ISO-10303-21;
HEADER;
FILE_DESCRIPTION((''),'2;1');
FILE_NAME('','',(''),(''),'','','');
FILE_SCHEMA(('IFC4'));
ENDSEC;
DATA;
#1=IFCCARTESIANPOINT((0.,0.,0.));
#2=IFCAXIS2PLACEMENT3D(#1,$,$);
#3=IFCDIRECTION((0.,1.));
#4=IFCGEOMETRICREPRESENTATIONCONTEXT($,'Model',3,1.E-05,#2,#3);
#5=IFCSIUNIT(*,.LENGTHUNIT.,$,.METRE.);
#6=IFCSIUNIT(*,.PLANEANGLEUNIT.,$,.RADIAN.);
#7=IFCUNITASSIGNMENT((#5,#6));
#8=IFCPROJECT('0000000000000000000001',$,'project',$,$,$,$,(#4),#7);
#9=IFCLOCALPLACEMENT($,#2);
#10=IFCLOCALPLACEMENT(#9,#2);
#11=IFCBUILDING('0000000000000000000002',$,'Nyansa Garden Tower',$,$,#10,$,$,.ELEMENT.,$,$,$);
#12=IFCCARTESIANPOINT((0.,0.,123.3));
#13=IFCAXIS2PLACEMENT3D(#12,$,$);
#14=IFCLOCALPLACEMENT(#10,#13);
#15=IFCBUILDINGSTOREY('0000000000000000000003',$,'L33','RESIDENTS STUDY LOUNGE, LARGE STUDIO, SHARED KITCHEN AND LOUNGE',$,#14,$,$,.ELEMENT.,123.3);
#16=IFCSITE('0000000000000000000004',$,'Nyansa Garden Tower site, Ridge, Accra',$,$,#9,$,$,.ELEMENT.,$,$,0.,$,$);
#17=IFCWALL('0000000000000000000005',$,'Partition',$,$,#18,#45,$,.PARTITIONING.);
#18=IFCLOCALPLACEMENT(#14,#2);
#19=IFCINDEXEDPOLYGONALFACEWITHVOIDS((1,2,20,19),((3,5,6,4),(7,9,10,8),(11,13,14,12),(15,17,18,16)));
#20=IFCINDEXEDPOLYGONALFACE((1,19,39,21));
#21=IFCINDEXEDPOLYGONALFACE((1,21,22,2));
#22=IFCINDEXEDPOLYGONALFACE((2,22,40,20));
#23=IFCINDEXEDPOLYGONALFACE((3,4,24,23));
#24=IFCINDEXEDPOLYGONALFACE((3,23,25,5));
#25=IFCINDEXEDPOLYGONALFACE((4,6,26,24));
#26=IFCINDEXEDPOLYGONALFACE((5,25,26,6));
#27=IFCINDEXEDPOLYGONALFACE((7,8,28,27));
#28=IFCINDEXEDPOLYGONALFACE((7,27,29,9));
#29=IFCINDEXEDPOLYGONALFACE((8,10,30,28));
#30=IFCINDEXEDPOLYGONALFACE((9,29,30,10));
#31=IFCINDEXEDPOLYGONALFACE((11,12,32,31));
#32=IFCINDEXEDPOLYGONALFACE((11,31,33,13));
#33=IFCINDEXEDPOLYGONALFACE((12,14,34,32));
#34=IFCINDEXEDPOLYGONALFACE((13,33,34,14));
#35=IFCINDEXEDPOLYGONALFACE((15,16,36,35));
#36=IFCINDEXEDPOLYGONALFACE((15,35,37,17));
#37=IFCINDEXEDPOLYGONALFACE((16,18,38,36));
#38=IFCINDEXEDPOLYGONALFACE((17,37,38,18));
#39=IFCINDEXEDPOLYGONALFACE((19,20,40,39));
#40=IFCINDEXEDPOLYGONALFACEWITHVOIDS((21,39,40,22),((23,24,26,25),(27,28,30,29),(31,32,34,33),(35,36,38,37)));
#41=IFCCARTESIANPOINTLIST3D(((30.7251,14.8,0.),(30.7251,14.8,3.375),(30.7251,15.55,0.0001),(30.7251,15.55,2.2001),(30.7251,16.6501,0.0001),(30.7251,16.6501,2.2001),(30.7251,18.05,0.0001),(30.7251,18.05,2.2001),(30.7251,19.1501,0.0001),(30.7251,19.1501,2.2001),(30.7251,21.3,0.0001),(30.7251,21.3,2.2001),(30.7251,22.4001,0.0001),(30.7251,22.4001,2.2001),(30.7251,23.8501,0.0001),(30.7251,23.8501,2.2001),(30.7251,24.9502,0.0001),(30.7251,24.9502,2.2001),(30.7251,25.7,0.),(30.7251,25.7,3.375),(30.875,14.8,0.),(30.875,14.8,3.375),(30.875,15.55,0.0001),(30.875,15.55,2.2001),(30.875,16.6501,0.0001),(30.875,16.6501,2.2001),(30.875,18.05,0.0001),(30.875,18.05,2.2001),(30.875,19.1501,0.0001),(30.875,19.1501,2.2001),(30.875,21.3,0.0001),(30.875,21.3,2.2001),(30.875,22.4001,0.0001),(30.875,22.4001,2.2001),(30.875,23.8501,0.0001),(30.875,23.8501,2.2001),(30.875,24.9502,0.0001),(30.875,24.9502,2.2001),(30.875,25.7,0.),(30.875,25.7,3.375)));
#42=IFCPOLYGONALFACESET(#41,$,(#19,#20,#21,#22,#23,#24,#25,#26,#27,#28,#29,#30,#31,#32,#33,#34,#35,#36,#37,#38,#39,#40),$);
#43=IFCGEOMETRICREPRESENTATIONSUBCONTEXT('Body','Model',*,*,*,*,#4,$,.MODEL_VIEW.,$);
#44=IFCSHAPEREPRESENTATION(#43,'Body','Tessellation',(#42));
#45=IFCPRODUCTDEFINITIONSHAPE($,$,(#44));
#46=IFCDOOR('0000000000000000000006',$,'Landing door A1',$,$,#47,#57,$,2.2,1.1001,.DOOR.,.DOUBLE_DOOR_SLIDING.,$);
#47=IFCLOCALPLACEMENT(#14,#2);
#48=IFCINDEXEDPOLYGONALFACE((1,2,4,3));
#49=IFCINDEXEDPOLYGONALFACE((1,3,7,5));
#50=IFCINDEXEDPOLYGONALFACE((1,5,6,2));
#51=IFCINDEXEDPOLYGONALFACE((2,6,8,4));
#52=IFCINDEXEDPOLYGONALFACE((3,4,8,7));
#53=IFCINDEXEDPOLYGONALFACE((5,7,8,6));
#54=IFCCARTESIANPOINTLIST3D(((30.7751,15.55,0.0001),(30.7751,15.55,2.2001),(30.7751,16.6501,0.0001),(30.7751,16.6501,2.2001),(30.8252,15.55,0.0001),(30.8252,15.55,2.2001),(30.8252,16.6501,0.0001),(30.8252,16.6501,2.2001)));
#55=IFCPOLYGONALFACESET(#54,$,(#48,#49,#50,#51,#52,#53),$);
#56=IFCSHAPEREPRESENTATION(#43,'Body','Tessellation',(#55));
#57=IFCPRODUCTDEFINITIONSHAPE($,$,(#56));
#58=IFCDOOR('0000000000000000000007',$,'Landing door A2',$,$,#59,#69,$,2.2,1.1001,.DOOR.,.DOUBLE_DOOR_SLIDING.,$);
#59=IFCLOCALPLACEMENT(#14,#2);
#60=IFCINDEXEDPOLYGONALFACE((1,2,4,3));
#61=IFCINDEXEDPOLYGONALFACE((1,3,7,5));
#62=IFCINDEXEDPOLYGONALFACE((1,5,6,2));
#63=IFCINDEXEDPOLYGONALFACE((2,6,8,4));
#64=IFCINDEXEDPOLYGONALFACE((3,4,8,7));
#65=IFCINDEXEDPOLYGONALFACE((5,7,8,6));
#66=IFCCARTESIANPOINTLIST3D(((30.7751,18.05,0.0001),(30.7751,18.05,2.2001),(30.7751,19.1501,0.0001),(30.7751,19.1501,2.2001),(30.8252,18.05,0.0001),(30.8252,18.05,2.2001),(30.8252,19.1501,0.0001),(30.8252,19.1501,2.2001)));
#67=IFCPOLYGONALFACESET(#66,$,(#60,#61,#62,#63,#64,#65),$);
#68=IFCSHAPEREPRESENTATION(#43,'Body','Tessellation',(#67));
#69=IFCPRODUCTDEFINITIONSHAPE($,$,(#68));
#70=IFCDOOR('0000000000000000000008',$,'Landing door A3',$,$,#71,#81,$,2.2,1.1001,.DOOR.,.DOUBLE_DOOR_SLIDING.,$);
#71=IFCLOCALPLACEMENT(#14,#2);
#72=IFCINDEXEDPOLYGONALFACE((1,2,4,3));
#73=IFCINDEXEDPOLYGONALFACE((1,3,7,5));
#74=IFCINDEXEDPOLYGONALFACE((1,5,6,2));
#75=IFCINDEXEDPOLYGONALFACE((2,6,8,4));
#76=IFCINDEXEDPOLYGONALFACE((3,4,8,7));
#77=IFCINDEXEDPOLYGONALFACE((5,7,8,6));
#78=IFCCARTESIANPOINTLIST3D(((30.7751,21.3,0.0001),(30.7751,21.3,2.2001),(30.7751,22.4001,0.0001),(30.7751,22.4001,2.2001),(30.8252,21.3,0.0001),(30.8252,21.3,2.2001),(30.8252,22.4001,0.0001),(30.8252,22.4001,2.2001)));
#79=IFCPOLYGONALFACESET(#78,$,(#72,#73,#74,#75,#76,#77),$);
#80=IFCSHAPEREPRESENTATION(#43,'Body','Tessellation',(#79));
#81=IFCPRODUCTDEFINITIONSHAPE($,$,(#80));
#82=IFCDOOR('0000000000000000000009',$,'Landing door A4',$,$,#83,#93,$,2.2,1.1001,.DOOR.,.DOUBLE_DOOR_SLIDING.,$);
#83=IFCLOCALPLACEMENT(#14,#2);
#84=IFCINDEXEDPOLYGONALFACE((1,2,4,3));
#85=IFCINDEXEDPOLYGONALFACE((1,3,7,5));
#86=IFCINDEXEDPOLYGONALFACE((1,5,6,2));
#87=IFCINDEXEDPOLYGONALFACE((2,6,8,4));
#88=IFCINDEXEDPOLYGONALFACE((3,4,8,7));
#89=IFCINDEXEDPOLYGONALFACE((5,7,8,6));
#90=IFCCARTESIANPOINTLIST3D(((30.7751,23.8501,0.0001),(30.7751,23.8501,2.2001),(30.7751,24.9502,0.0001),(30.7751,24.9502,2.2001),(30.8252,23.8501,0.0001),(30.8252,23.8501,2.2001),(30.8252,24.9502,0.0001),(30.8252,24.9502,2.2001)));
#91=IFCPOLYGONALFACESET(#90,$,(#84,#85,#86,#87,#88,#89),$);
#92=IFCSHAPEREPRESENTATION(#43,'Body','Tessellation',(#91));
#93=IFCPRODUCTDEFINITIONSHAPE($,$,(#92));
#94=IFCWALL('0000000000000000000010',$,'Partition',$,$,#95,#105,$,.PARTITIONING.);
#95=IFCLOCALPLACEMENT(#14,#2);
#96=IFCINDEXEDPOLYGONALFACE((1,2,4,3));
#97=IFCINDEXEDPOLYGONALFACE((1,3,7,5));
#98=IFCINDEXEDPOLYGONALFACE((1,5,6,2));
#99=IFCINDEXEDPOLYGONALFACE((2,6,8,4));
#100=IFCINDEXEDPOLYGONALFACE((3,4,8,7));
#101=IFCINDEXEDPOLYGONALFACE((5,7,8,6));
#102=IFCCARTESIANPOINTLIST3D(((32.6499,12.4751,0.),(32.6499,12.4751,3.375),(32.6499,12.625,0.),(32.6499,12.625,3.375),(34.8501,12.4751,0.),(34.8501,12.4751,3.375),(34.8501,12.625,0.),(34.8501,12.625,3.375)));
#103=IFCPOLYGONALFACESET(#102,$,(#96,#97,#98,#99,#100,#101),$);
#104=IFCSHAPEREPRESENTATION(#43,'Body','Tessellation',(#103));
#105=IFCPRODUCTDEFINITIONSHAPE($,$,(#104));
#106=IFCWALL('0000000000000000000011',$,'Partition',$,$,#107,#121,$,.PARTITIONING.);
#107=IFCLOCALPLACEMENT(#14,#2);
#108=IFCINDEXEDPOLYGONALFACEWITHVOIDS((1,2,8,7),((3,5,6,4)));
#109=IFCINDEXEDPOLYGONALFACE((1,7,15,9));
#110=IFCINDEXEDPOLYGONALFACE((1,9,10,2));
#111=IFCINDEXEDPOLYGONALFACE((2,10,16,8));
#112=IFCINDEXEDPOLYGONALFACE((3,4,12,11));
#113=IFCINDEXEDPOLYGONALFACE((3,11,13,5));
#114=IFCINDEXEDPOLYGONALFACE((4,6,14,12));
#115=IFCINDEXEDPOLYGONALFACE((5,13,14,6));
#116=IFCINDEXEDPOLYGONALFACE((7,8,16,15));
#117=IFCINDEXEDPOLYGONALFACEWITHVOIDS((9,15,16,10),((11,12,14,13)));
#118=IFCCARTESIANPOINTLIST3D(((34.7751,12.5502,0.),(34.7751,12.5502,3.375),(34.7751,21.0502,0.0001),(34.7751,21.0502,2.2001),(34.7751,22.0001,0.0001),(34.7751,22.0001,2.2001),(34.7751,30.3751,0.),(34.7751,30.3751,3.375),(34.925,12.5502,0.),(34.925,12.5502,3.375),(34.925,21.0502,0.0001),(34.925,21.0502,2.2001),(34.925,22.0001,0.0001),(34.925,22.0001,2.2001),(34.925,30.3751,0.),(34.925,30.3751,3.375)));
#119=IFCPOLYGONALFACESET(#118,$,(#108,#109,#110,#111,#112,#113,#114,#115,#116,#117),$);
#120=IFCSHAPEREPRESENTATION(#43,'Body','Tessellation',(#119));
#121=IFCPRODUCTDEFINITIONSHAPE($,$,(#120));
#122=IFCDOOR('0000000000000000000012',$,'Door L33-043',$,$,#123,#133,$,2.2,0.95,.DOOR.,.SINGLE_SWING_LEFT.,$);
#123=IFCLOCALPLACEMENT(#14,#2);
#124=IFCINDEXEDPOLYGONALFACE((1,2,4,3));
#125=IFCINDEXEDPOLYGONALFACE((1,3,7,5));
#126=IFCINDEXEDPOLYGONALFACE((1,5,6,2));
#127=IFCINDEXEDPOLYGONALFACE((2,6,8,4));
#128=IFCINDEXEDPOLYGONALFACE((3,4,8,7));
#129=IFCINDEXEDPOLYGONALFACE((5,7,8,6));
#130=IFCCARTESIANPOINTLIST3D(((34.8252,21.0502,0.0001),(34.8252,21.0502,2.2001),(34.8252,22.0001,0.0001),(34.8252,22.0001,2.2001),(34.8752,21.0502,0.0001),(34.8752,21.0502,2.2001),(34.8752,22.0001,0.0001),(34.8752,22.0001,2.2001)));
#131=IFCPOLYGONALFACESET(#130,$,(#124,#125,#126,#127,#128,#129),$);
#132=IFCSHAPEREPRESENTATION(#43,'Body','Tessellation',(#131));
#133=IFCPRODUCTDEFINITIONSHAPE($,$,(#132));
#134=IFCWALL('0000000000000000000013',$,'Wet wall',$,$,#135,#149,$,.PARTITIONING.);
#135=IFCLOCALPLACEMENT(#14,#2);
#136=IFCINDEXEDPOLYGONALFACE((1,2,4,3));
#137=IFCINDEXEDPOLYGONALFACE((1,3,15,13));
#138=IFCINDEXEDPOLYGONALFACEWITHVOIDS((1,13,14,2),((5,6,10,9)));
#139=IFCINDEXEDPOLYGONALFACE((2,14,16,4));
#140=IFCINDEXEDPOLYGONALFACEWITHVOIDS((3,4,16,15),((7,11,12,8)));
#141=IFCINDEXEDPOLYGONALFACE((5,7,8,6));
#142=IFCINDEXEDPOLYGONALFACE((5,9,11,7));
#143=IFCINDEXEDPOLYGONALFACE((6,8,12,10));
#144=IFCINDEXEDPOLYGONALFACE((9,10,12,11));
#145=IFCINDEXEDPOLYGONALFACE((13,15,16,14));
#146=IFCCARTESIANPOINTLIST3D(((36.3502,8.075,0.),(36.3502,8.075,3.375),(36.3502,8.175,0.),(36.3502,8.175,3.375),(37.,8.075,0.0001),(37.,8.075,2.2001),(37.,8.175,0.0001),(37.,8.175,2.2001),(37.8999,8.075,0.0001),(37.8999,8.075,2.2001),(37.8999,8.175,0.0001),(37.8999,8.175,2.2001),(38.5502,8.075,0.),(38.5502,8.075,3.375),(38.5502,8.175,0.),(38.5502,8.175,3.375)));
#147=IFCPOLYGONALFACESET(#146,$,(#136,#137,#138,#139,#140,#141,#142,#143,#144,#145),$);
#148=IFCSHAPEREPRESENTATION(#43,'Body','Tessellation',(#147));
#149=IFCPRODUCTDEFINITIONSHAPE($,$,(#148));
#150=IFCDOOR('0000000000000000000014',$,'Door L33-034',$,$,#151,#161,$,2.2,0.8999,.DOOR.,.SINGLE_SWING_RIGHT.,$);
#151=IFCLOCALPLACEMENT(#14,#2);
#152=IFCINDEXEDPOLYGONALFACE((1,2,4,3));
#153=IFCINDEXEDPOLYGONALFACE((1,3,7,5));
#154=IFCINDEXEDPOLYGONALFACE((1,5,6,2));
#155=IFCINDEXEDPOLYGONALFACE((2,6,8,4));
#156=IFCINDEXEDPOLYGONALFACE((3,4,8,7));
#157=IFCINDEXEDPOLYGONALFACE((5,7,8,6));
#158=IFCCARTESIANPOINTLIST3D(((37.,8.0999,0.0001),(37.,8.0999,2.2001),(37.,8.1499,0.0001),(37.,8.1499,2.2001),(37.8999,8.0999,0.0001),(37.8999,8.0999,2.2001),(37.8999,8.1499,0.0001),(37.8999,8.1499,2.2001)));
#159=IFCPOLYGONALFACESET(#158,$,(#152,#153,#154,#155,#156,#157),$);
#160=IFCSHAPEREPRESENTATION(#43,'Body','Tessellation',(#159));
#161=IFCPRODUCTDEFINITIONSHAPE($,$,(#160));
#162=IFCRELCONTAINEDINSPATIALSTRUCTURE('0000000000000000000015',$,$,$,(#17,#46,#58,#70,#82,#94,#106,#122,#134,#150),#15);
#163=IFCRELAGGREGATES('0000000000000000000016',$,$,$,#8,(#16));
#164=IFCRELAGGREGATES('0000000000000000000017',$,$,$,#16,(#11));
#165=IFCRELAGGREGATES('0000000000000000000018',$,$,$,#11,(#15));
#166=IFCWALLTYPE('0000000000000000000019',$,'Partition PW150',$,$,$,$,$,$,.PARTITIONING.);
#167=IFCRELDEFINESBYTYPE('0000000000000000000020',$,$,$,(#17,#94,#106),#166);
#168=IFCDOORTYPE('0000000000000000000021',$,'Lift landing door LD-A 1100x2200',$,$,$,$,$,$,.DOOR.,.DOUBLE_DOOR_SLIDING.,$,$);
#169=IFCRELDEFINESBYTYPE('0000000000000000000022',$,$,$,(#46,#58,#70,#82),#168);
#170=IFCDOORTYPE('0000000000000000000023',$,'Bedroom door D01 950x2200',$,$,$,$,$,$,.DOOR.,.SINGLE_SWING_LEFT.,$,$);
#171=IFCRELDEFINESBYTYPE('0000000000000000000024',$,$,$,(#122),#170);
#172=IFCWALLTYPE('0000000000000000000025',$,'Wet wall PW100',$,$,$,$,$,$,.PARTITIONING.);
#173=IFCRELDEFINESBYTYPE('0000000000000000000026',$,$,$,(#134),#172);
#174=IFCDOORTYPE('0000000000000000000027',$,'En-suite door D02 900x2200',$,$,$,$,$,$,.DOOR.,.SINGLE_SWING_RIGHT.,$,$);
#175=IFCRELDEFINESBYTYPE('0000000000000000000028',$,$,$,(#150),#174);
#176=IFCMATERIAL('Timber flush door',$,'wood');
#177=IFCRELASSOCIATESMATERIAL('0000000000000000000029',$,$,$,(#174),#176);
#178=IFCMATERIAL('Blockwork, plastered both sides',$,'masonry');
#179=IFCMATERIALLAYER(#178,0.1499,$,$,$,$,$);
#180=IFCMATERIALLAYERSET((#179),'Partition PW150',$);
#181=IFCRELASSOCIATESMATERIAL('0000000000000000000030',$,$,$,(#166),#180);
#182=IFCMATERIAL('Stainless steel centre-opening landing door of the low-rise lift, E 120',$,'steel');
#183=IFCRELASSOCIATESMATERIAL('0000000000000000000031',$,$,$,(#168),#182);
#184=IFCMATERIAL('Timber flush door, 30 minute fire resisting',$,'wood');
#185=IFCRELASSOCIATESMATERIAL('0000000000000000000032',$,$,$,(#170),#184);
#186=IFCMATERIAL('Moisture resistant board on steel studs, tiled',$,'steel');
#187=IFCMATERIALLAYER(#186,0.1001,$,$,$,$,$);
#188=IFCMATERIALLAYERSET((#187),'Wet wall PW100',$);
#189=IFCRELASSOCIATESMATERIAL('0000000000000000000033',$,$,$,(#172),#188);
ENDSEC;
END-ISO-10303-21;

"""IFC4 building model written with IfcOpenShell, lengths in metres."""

from ifc_helpers import new_model, si_unit, direction, frame, frame_2d, origin, place, context, subcontext, project, spatial, rectangle, extrude, material, layer, layer_set, type_object, element, fill, save


model = new_model("IFC4")

# Units and contexts
model_context = context("Model", 3, precision=1e-05, world=origin(), true_north=direction((0.0, 1.0)))
body_context = subcontext(model_context, "Body", "Model", "MODEL_VIEW")
ifc_project = project(units=[si_unit("LENGTHUNIT", "METRE"), si_unit("PLANEANGLEUNIT", "RADIAN")], contexts=[model_context])

# Site, building, storey
site_placement = place(None, origin())
site = spatial("IfcSite", under=ifc_project, at=site_placement, Name="Nyansa Garden Tower site, Ridge, Accra", CompositionType="ELEMENT", RefElevation=0.0)
building_placement = place(site_placement, origin())
building = spatial("IfcBuilding", under=site, at=building_placement, Name="Nyansa Garden Tower", CompositionType="ELEMENT")
storey_placement = place(building_placement, frame((0.0, 0.0, 123.3)))
storey = spatial("IfcBuildingStorey", under=building, at=storey_placement, Name="L33", Description="RESIDENTS STUDY LOUNGE, LARGE STUDIO, SHARED KITCHEN AND LOUNGE", CompositionType="ELEMENT", Elevation=123.3)

# Shared definitions
ifc_material_1 = material(Name="Timber flush door", Category="wood")
door_type_1 = type_object("IfcDoorType", Name="En-suite door D02 900x2200", OperationType="SINGLE_SWING_RIGHT", PredefinedType="DOOR", material=ifc_material_1)

# Shared definitions
ifc_material_2 = material(Name="Blockwork, plastered both sides", Category="masonry")
ifc_layer_1 = layer(ifc_material_2, 0.1499)
ifc_layer_set_1 = layer_set([ifc_layer_1], Name="Partition PW150")
wall_type_1 = type_object("IfcWallType", Name="Partition PW150", PredefinedType="PARTITIONING", material=ifc_layer_set_1)

# Wall, openings, doors
wall_1_placement = place(storey_placement, frame((30.8, 14.8, 0.0), z_axis=(0.0, 0.0, 1.0), x_axis=(0.0, 1.0, 0.0)))
wall_1 = element("IfcWall", 1, at=wall_1_placement, inside=storey, type_object=wall_type_1, Name="Partition", PredefinedType="PARTITIONING", context=body_context, shape_type="SweptSolid", body=[
    extrude(rectangle(XDim=10.8999, YDim=0.1499, at=frame_2d((5.45, 0.0))), origin(), (0.0, 0.0, 1.0), 3.375),
])
opening_1_placement = place(wall_1_placement, frame((0.75, 0.0, 0.0)))
opening_1 = element("IfcOpeningElement", 2, at=opening_1_placement, cuts=wall_1, PredefinedType="OPENING", context=body_context, shape_type="SweptSolid", body=[
    extrude(rectangle(XDim=1.1001, YDim=2.2, at=frame_2d((0.55, 1.1001))), frame((0.0, 0.085, 0.0), z_axis=(0.0, -1.0, 0.0), x_axis=(1.0, 0.0, 0.0)), (0.0, 0.0, 1.0), 0.1699),
])
opening_2_placement = place(wall_1_placement, frame((3.25, 0.0, 0.0)))
opening_2 = element("IfcOpeningElement", 3, at=opening_2_placement, cuts=wall_1, PredefinedType="OPENING", context=body_context, shape_type="SweptSolid", body=[
    extrude(rectangle(XDim=1.1001, YDim=2.2, at=frame_2d((0.55, 1.1001))), frame((0.0, 0.085, 0.0), z_axis=(0.0, -1.0, 0.0), x_axis=(1.0, 0.0, 0.0)), (0.0, 0.0, 1.0), 0.1699),
])
opening_3_placement = place(wall_1_placement, frame((6.5, 0.0, 0.0)))
opening_3 = element("IfcOpeningElement", 4, at=opening_3_placement, cuts=wall_1, PredefinedType="OPENING", context=body_context, shape_type="SweptSolid", body=[
    extrude(rectangle(XDim=1.1001, YDim=2.2, at=frame_2d((0.55, 1.1001))), frame((0.0, 0.085, 0.0), z_axis=(0.0, -1.0, 0.0), x_axis=(1.0, 0.0, 0.0)), (0.0, 0.0, 1.0), 0.1699),
])
opening_4_placement = place(wall_1_placement, frame((9.05, 0.0, 0.0)))
opening_4 = element("IfcOpeningElement", 5, at=opening_4_placement, cuts=wall_1, PredefinedType="OPENING", context=body_context, shape_type="SweptSolid", body=[
    extrude(rectangle(XDim=1.1001, YDim=2.2, at=frame_2d((0.55, 1.1001))), frame((0.0, 0.085, 0.0), z_axis=(0.0, -1.0, 0.0), x_axis=(1.0, 0.0, 0.0)), (0.0, 0.0, 1.0), 0.1699),
])
ifc_material_3 = material(Name="Stainless steel centre-opening landing door of the low-rise lift, E 120", Category="steel")
door_type_2 = type_object("IfcDoorType", Name="Lift landing door LD-A 1100x2200", OperationType="DOUBLE_DOOR_SLIDING", PredefinedType="DOOR", material=ifc_material_3)
door_1_placement = place(opening_1_placement, origin())
door_1 = element("IfcDoor", 6, at=door_1_placement, inside=storey, type_object=door_type_2, Name="Landing door A1", OperationType="DOUBLE_DOOR_SLIDING", OverallHeight=2.2, OverallWidth=1.1001, PredefinedType="DOOR", context=body_context, shape_type="SweptSolid", body=[
    extrude(rectangle(XDim=1.1001, YDim=2.2, at=frame_2d((0.55, 1.1001))), frame((0.0, 0.0249, 0.0), z_axis=(0.0, -1.0, 0.0), x_axis=(1.0, 0.0, 0.0)), (0.0, 0.0, 1.0), 0.05),
])
fill(opening_1, door_1)
door_2_placement = place(opening_2_placement, origin())
door_2 = element("IfcDoor", 7, at=door_2_placement, inside=storey, type_object=door_type_2, Name="Landing door A2", OperationType="DOUBLE_DOOR_SLIDING", OverallHeight=2.2, OverallWidth=1.1001, PredefinedType="DOOR", context=body_context, shape_type="SweptSolid", body=[
    extrude(rectangle(XDim=1.1001, YDim=2.2, at=frame_2d((0.55, 1.1001))), frame((0.0, 0.0249, 0.0), z_axis=(0.0, -1.0, 0.0), x_axis=(1.0, 0.0, 0.0)), (0.0, 0.0, 1.0), 0.05),
])
fill(opening_2, door_2)
door_3_placement = place(opening_3_placement, origin())
door_3 = element("IfcDoor", 8, at=door_3_placement, inside=storey, type_object=door_type_2, Name="Landing door A3", OperationType="DOUBLE_DOOR_SLIDING", OverallHeight=2.2, OverallWidth=1.1001, PredefinedType="DOOR", context=body_context, shape_type="SweptSolid", body=[
    extrude(rectangle(XDim=1.1001, YDim=2.2, at=frame_2d((0.55, 1.1001))), frame((0.0, 0.0249, 0.0), z_axis=(0.0, -1.0, 0.0), x_axis=(1.0, 0.0, 0.0)), (0.0, 0.0, 1.0), 0.05),
])
fill(opening_3, door_3)
door_4_placement = place(opening_4_placement, origin())
door_4 = element("IfcDoor", 9, at=door_4_placement, inside=storey, type_object=door_type_2, Name="Landing door A4", OperationType="DOUBLE_DOOR_SLIDING", OverallHeight=2.2, OverallWidth=1.1001, PredefinedType="DOOR", context=body_context, shape_type="SweptSolid", body=[
    extrude(rectangle(XDim=1.1001, YDim=2.2, at=frame_2d((0.55, 1.1001))), frame((0.0, 0.0249, 0.0), z_axis=(0.0, -1.0, 0.0), x_axis=(1.0, 0.0, 0.0)), (0.0, 0.0, 1.0), 0.05),
])
fill(opening_4, door_4)

# Wall
wall_2_placement = place(storey_placement, frame((32.6499, 12.55, 0.0), z_axis=(0.0, 0.0, 1.0), x_axis=(1.0, 0.0, 0.0)))
element("IfcWall", 10, at=wall_2_placement, inside=storey, type_object=wall_type_1, Name="Partition", PredefinedType="PARTITIONING", context=body_context, shape_type="SweptSolid", body=[
    extrude(rectangle(XDim=2.2002, YDim=0.1499, at=frame_2d((1.1001, 0.0))), origin(), (0.0, 0.0, 1.0), 3.375),
])

# Walls, openings, doors
wall_3_placement = place(storey_placement, frame((34.8501, 12.55, 0.0), z_axis=(0.0, 0.0, 1.0), x_axis=(0.0, 1.0, 0.0)))
wall_3 = element("IfcWall", 11, at=wall_3_placement, inside=storey, type_object=wall_type_1, Name="Partition", PredefinedType="PARTITIONING", context=body_context, shape_type="SweptSolid", body=[
    extrude(rectangle(XDim=17.825, YDim=0.1499, at=frame_2d((8.9126, 0.0))), origin(), (0.0, 0.0, 1.0), 3.375),
])
opening_5_placement = place(wall_3_placement, frame((8.5, 0.0, 0.0)))
opening_5 = element("IfcOpeningElement", 12, at=opening_5_placement, cuts=wall_3, PredefinedType="OPENING", context=body_context, shape_type="SweptSolid", body=[
    extrude(rectangle(XDim=0.95, YDim=2.2, at=frame_2d((0.4751, 1.1001))), frame((0.0, 0.085, 0.0), z_axis=(0.0, -1.0, 0.0), x_axis=(1.0, 0.0, 0.0)), (0.0, 0.0, 1.0), 0.1699),
])
ifc_material_4 = material(Name="Timber flush door, 30 minute fire resisting", Category="wood")
door_type_3 = type_object("IfcDoorType", Name="Bedroom door D01 950x2200", OperationType="SINGLE_SWING_LEFT", PredefinedType="DOOR", material=ifc_material_4)
door_5_placement = place(opening_5_placement, origin())
door_5 = element("IfcDoor", 13, at=door_5_placement, inside=storey, type_object=door_type_3, Name="Door L33-043", OperationType="SINGLE_SWING_LEFT", OverallHeight=2.2, OverallWidth=0.95, PredefinedType="DOOR", context=body_context, shape_type="SweptSolid", body=[
    extrude(rectangle(XDim=0.95, YDim=2.2, at=frame_2d((0.4751, 1.1001))), frame((0.0, 0.0249, 0.0), z_axis=(0.0, -1.0, 0.0), x_axis=(1.0, 0.0, 0.0)), (0.0, 0.0, 1.0), 0.05),
])
fill(opening_5, door_5)
ifc_material_5 = material(Name="Moisture resistant board on steel studs, tiled", Category="steel")
ifc_layer_2 = layer(ifc_material_5, 0.1001)
ifc_layer_set_2 = layer_set([ifc_layer_2], Name="Wet wall PW100")
wall_type_2 = type_object("IfcWallType", Name="Wet wall PW100", PredefinedType="PARTITIONING", material=ifc_layer_set_2)
wall_4_placement = place(storey_placement, frame((36.3501, 8.125, 0.0), z_axis=(0.0, 0.0, 1.0), x_axis=(1.0, 0.0, 0.0)))
wall_4 = element("IfcWall", 14, at=wall_4_placement, inside=storey, type_object=wall_type_2, Name="Wet wall", PredefinedType="PARTITIONING", context=body_context, shape_type="SweptSolid", body=[
    extrude(rectangle(XDim=2.2, YDim=0.1001, at=frame_2d((1.1001, 0.0))), origin(), (0.0, 0.0, 1.0), 3.375),
])
opening_6_placement = place(wall_4_placement, frame((0.6499, 0.0, 0.0)))
opening_6 = element("IfcOpeningElement", 15, at=opening_6_placement, cuts=wall_4, PredefinedType="OPENING", context=body_context, shape_type="SweptSolid", body=[
    extrude(rectangle(XDim=0.8999, YDim=2.2, at=frame_2d((0.45, 1.1001))), frame((0.0, 0.0601, 0.0), z_axis=(0.0, -1.0, 0.0), x_axis=(1.0, 0.0, 0.0)), (0.0, 0.0, 1.0), 0.1201),
])
door_6_placement = place(opening_6_placement, origin())
door_6 = element("IfcDoor", 16, at=door_6_placement, inside=storey, type_object=door_type_1, Name="Door L33-034", OperationType="SINGLE_SWING_RIGHT", OverallHeight=2.2, OverallWidth=0.8999, PredefinedType="DOOR", context=body_context, shape_type="SweptSolid", body=[
    extrude(rectangle(XDim=0.8999, YDim=2.2, at=frame_2d((0.45, 1.1001))), frame((0.0, 0.0249, 0.0), z_axis=(0.0, -1.0, 0.0), x_axis=(1.0, 0.0, 0.0)), (0.0, 0.0, 1.0), 0.05),
])
fill(opening_6, door_6)

save(model, "model.ifc")
